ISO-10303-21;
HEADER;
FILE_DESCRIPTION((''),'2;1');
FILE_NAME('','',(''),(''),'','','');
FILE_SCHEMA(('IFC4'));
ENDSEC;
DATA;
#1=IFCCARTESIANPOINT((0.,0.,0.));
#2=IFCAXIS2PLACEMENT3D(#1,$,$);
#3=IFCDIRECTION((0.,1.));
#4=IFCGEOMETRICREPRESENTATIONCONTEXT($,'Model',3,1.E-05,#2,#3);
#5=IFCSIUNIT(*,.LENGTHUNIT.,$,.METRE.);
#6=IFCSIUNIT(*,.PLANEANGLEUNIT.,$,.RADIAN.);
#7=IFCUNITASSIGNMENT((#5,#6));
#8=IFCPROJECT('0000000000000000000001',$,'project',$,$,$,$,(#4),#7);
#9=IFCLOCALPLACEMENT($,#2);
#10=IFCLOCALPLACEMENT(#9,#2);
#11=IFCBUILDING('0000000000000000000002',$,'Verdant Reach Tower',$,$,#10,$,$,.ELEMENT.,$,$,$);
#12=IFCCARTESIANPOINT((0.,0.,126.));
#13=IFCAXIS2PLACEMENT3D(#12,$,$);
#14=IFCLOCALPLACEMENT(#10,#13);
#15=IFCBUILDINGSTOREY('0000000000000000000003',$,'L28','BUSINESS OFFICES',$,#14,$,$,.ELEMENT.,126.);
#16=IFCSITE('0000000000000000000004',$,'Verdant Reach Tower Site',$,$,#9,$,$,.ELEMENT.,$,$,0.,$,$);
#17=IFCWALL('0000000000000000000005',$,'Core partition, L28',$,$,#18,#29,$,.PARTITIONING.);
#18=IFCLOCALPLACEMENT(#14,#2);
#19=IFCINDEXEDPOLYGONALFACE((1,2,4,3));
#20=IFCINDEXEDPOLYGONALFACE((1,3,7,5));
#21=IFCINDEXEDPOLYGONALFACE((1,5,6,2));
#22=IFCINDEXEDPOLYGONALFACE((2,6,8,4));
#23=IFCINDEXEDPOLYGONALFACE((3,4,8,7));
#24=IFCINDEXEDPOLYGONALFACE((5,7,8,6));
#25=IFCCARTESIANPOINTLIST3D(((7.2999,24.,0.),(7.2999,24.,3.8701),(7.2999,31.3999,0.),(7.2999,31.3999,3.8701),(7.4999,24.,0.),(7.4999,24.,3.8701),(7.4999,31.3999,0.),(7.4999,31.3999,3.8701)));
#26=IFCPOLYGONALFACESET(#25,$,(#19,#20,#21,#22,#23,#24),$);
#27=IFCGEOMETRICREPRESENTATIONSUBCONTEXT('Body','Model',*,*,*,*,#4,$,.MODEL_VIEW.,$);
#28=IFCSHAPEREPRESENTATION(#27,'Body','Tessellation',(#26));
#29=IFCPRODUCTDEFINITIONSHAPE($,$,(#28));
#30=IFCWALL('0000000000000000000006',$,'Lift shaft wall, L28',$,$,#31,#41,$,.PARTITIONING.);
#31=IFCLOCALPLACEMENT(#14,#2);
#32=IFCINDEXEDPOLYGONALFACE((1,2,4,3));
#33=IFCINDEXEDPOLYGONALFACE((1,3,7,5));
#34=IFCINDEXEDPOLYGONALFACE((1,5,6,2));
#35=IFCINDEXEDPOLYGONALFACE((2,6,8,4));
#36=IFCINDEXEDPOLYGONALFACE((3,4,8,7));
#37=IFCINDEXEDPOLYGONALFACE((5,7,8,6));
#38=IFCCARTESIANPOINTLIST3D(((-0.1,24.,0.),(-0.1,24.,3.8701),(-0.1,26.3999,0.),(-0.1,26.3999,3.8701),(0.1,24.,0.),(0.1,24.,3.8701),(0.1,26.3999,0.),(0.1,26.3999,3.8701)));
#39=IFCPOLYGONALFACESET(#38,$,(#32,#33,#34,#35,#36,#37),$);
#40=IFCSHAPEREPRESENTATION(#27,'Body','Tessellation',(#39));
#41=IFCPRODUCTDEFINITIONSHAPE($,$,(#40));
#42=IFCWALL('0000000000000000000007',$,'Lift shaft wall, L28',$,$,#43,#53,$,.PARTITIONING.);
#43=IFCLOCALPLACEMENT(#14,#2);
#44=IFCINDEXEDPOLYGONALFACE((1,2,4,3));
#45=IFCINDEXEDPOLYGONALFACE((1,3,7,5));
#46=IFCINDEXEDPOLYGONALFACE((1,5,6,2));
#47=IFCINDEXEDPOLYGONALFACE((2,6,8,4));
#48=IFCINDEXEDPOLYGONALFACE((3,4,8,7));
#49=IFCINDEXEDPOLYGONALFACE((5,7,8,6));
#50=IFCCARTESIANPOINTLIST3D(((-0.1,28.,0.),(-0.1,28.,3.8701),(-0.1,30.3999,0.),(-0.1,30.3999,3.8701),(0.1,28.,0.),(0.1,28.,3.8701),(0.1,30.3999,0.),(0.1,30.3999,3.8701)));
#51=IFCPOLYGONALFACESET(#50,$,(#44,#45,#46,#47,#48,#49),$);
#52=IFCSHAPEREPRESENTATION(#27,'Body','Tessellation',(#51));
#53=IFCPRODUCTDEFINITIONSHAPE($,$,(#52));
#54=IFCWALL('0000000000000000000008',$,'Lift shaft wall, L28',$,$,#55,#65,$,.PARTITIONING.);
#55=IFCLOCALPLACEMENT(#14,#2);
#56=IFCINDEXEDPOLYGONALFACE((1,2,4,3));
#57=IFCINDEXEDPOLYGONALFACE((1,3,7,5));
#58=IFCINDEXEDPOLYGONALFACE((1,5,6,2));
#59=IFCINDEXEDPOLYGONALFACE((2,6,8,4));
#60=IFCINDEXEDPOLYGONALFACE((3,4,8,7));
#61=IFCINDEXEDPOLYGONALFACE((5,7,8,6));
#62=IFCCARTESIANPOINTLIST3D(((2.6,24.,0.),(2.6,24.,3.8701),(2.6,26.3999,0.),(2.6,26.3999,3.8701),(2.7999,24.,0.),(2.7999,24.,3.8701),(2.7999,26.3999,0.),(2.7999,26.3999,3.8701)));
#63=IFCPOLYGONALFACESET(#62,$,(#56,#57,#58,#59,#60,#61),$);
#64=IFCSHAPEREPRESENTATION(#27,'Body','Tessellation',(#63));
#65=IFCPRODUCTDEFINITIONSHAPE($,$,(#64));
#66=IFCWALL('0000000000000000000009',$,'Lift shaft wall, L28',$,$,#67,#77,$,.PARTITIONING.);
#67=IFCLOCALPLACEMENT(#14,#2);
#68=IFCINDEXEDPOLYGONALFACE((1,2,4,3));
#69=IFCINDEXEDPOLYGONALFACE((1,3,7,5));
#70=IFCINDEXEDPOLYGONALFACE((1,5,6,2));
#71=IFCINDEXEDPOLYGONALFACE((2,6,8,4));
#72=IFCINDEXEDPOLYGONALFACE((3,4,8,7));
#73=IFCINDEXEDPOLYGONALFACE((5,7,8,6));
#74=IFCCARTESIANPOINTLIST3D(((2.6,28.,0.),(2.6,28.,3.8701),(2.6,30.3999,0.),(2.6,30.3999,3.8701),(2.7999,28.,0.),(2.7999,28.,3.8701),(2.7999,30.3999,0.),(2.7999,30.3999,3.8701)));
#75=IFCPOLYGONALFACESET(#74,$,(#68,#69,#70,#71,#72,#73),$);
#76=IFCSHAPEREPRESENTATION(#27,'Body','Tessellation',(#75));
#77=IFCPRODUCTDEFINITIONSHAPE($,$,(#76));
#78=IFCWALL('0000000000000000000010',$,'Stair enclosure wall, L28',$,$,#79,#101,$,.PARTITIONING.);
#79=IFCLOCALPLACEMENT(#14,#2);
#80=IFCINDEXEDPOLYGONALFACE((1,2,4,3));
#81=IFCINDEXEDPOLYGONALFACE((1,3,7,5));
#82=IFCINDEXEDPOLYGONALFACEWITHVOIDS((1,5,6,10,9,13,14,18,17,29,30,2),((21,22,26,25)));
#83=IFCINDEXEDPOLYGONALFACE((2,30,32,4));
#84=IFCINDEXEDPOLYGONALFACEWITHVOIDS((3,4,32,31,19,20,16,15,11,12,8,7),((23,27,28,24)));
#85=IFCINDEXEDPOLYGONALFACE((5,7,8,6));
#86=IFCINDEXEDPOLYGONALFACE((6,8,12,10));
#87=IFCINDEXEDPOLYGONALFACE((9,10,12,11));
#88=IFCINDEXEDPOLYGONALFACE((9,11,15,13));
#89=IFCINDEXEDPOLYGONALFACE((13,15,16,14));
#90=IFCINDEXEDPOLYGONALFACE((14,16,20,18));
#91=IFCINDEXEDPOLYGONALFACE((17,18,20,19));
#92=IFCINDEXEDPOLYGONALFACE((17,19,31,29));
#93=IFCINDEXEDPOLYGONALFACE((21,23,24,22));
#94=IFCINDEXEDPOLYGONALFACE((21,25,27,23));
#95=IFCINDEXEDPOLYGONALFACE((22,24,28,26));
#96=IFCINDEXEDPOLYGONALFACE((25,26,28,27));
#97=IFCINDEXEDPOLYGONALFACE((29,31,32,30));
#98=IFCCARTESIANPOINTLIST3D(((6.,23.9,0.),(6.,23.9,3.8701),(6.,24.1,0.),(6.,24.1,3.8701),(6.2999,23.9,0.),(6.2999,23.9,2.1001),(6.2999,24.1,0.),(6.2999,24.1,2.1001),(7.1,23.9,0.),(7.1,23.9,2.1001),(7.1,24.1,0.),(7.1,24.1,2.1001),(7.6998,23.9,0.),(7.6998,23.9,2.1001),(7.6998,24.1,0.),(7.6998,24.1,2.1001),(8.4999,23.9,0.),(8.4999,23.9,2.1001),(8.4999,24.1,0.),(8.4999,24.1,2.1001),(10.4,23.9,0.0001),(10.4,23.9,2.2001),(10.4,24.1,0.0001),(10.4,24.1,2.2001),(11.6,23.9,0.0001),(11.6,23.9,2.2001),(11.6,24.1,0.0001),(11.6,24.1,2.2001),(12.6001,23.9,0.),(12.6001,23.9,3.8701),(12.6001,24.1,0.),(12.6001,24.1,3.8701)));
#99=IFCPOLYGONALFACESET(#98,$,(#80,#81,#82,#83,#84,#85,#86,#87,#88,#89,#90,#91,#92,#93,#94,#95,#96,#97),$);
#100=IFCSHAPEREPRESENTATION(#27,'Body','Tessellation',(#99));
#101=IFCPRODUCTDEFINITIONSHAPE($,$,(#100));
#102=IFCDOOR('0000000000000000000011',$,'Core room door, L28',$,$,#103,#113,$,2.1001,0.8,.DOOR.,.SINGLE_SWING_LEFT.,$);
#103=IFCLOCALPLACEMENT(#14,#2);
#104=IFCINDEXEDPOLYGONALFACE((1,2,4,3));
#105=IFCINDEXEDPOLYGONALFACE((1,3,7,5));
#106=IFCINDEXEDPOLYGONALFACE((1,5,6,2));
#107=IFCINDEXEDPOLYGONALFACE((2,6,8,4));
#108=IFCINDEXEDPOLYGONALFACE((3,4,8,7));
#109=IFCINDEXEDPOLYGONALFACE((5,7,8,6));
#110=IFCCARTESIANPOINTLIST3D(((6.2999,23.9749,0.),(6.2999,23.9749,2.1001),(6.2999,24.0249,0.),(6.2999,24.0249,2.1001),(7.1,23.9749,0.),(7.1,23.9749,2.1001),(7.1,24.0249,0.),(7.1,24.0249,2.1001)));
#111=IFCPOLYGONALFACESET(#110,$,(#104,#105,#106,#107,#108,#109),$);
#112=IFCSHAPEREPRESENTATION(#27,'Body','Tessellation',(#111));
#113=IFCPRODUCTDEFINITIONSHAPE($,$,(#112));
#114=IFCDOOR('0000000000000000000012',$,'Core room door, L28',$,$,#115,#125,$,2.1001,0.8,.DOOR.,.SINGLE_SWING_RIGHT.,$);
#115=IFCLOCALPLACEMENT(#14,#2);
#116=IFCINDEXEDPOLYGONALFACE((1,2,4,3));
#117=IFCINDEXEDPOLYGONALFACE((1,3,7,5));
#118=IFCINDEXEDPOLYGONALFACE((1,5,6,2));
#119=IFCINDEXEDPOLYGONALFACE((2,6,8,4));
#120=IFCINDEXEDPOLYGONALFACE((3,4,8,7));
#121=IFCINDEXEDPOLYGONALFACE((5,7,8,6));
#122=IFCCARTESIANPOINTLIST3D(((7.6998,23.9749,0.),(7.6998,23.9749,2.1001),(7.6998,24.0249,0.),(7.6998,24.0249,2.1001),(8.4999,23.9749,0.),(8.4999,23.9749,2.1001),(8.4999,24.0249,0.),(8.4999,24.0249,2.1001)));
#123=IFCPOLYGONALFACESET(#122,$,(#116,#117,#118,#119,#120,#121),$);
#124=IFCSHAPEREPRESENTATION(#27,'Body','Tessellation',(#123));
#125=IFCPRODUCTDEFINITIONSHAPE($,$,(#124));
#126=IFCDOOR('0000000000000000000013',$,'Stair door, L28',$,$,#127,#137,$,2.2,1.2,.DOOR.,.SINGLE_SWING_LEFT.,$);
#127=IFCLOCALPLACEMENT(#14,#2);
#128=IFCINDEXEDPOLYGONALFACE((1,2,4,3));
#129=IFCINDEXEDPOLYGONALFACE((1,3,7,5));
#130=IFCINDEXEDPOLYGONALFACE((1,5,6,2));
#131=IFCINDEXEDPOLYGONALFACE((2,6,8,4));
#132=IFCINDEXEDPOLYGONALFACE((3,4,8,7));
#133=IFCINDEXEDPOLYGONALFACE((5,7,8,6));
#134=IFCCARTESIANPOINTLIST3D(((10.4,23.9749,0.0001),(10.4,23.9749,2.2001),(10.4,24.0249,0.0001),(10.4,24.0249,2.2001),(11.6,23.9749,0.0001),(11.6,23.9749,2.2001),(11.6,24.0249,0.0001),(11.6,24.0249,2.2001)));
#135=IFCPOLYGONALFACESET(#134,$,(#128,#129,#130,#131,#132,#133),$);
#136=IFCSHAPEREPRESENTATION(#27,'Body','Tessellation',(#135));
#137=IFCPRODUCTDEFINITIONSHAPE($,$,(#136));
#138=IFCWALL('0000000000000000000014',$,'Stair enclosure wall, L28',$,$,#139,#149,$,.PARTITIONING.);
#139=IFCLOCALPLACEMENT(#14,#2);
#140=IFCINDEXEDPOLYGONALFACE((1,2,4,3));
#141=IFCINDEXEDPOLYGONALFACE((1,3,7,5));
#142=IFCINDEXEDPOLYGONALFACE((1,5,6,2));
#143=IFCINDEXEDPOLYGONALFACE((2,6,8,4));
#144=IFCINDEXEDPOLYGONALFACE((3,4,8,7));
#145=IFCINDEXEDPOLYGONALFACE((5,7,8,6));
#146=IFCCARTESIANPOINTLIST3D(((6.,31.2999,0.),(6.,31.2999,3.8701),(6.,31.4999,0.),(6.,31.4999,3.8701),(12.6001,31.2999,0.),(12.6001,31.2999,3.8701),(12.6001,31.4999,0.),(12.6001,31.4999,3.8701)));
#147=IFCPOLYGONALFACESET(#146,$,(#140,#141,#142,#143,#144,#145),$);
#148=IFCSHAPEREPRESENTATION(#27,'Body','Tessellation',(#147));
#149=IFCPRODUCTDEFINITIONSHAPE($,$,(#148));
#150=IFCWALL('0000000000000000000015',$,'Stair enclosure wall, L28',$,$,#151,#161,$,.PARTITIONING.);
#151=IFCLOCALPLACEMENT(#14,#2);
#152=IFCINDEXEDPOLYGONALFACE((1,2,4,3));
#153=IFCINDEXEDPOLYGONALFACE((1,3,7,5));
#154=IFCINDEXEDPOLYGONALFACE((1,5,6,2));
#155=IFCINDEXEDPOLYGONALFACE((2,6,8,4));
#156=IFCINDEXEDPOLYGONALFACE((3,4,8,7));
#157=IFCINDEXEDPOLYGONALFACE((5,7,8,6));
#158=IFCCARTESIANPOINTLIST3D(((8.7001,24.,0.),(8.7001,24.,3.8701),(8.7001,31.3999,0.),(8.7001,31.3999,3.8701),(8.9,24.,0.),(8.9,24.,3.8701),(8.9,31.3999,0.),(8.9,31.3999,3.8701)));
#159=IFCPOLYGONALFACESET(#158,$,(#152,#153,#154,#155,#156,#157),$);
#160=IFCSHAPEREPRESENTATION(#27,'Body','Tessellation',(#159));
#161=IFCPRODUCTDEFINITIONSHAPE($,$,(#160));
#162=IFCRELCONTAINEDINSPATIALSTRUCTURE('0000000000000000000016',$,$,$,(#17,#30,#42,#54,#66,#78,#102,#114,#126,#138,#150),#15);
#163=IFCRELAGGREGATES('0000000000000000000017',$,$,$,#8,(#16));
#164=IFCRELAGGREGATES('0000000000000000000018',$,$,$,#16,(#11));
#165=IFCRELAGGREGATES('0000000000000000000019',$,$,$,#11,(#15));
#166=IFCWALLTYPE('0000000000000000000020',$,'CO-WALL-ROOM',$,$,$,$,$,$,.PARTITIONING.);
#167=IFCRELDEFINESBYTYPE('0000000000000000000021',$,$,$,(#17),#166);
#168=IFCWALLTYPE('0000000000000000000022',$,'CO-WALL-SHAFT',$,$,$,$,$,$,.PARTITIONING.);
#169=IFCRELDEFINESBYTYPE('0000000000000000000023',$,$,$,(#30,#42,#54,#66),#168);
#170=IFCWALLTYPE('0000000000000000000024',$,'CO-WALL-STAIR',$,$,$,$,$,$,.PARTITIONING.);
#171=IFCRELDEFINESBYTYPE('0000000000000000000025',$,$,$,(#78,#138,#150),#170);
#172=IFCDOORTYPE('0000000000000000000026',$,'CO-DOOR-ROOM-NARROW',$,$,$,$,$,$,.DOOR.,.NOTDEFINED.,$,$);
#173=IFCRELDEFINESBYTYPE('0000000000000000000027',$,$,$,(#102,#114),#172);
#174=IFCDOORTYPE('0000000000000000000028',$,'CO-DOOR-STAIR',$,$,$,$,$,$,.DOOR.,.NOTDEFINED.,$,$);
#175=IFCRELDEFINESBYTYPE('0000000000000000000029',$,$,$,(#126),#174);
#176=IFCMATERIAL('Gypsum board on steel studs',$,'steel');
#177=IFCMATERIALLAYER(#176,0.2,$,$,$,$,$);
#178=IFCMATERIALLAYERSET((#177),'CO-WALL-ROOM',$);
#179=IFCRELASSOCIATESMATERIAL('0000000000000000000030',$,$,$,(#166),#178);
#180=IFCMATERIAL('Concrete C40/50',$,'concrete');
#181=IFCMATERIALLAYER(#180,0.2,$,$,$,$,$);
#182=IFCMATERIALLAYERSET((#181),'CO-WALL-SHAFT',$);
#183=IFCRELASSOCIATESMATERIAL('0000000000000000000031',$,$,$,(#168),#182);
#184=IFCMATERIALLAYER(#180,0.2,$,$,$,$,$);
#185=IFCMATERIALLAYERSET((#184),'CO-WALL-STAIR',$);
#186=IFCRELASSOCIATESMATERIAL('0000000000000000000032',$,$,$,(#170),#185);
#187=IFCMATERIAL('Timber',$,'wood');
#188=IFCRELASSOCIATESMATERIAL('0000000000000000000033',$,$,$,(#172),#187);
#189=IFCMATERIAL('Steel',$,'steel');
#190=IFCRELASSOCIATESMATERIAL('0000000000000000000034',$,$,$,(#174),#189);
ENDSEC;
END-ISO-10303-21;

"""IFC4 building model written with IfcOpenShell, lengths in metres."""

from ifc_helpers import new_model, si_unit, direction, frame, frame_2d, origin, place, context, subcontext, project, spatial, rectangle, extrude, material, layer, layer_set, type_object, element, fill, save


model = new_model("IFC4")

# Units and contexts
model_context = context("Model", 3, precision=1e-05, world=origin(), true_north=direction((0.0, 1.0)))
body_context = subcontext(model_context, "Body", "Model", "MODEL_VIEW")
ifc_project = project(units=[si_unit("LENGTHUNIT", "METRE"), si_unit("PLANEANGLEUNIT", "RADIAN")], contexts=[model_context])

# Site, building, storey
site_placement = place(None, origin())
site = spatial("IfcSite", under=ifc_project, at=site_placement, Name="Verdant Reach Tower Site", CompositionType="ELEMENT", RefElevation=0.0)
building_placement = place(site_placement, origin())
building = spatial("IfcBuilding", under=site, at=building_placement, Name="Verdant Reach Tower", CompositionType="ELEMENT")
storey_placement = place(building_placement, frame((0.0, 0.0, 126.0)))
storey = spatial("IfcBuildingStorey", under=building, at=storey_placement, Name="L28", Description="BUSINESS OFFICES", CompositionType="ELEMENT", Elevation=126.0)

# Walls
ifc_material_1 = material(Name="Gypsum board on steel studs", Category="steel")
ifc_layer_1 = layer(ifc_material_1, 0.2)
ifc_layer_set_1 = layer_set([ifc_layer_1], Name="CO-WALL-ROOM")
wall_type_1 = type_object("IfcWallType", Name="CO-WALL-ROOM", PredefinedType="PARTITIONING", material=ifc_layer_set_1)
wall_1_placement = place(storey_placement, frame((7.3999, 24.0, 0.0), z_axis=(0.0, 0.0, 1.0), x_axis=(0.0, 1.0, 0.0)))
element("IfcWall", 1, at=wall_1_placement, inside=storey, type_object=wall_type_1, Name="Core partition, L28", PredefinedType="PARTITIONING", context=body_context, shape_type="SweptSolid", body=[
    extrude(rectangle(XDim=7.3999, YDim=0.2, at=frame_2d((3.7, 0.0))), origin(), (0.0, 0.0, 1.0), 3.8701),
])
ifc_material_2 = material(Name="Concrete C40/50", Category="concrete")
ifc_layer_2 = layer(ifc_material_2, 0.2)
ifc_layer_set_2 = layer_set([ifc_layer_2], Name="CO-WALL-SHAFT")
wall_type_2 = type_object("IfcWallType", Name="CO-WALL-SHAFT", PredefinedType="PARTITIONING", material=ifc_layer_set_2)
for number, where, z_axis, x_axis, name in (
    (2, (0.0, 24.0, 0.0), (0.0, 0.0, 1.0), (0.0, 1.0, 0.0), "Lift shaft wall, L28"),
    (3, (0.0, 28.0, 0.0), (0.0, 0.0, 1.0), (0.0, 1.0, 0.0), "Lift shaft wall, L28"),
    (4, (2.7, 24.0, 0.0), (0.0, 0.0, 1.0), (0.0, 1.0, 0.0), "Lift shaft wall, L28"),
    (5, (2.7, 28.0, 0.0), (0.0, 0.0, 1.0), (0.0, 1.0, 0.0), "Lift shaft wall, L28"),
):
    element("IfcWall", number, at=place(storey_placement, frame(where, z_axis=z_axis, x_axis=x_axis)), inside=storey, type_object=wall_type_2, Name=name, PredefinedType="PARTITIONING", context=body_context, shape_type="SweptSolid", body=[
        extrude(rectangle(XDim=2.3999, YDim=0.2, at=frame_2d((1.2, 0.0))), origin(), (0.0, 0.0, 1.0), 3.8701),
    ])

# Wall, openings, doors
ifc_layer_3 = layer(ifc_material_2, 0.2)
ifc_layer_set_3 = layer_set([ifc_layer_3], Name="CO-WALL-STAIR")
wall_type_3 = type_object("IfcWallType", Name="CO-WALL-STAIR", PredefinedType="PARTITIONING", material=ifc_layer_set_3)
wall_2_placement = place(storey_placement, frame((6.0, 24.0, 0.0), z_axis=(0.0, 0.0, 1.0), x_axis=(1.0, 0.0, 0.0)))
wall_2 = element("IfcWall", 6, at=wall_2_placement, inside=storey, type_object=wall_type_3, Name="Stair enclosure wall, L28", PredefinedType="PARTITIONING", context=body_context, shape_type="SweptSolid", body=[
    extrude(rectangle(XDim=6.6001, YDim=0.2, at=frame_2d((3.3, 0.0))), origin(), (0.0, 0.0, 1.0), 3.8701),
])
opening_1_placement = place(wall_2_placement, frame((0.3, 0.0, 0.0)))
opening_1 = element("IfcOpeningElement", 7, at=opening_1_placement, cuts=wall_2, PredefinedType="OPENING", context=body_context, shape_type="SweptSolid", body=[
    extrude(rectangle(XDim=0.8, YDim=2.1001, at=frame_2d((0.3999, 1.05))), frame((0.0, 0.1099, 0.0), z_axis=(0.0, -1.0, 0.0), x_axis=(1.0, 0.0, 0.0)), (0.0, 0.0, 1.0), 0.22),
])
opening_2_placement = place(wall_2_placement, frame((1.7, 0.0, 0.0)))
opening_2 = element("IfcOpeningElement", 8, at=opening_2_placement, cuts=wall_2, PredefinedType="OPENING", context=body_context, shape_type="SweptSolid", body=[
    extrude(rectangle(XDim=0.8, YDim=2.1001, at=frame_2d((0.3999, 1.05))), frame((0.0, 0.1099, 0.0), z_axis=(0.0, -1.0, 0.0), x_axis=(1.0, 0.0, 0.0)), (0.0, 0.0, 1.0), 0.22),
])
opening_3_placement = place(wall_2_placement, frame((4.3999, 0.0, 0.0)))
opening_3 = element("IfcOpeningElement", 9, at=opening_3_placement, cuts=wall_2, PredefinedType="OPENING", context=body_context, shape_type="SweptSolid", body=[
    extrude(rectangle(XDim=1.2, YDim=2.2, at=frame_2d((0.6001, 1.1001))), frame((0.0, 0.1099, 0.0), z_axis=(0.0, -1.0, 0.0), x_axis=(1.0, 0.0, 0.0)), (0.0, 0.0, 1.0), 0.22),
])
ifc_material_3 = material(Name="Timber", Category="wood")
door_type_1 = type_object("IfcDoorType", Name="CO-DOOR-ROOM-NARROW", OperationType="NOTDEFINED", PredefinedType="DOOR", material=ifc_material_3)
door_1_placement = place(opening_1_placement, origin())
door_1 = element("IfcDoor", 10, at=door_1_placement, inside=storey, type_object=door_type_1, Name="Core room door, L28", OperationType="SINGLE_SWING_LEFT", OverallHeight=2.1001, OverallWidth=0.8, PredefinedType="DOOR", context=body_context, shape_type="SweptSolid", body=[
    extrude(rectangle(XDim=0.8, YDim=2.1001, at=frame_2d((0.3999, 1.05))), frame((0.0, 0.0249, 0.0), z_axis=(0.0, -1.0, 0.0), x_axis=(1.0, 0.0, 0.0)), (0.0, 0.0, 1.0), 0.05),
])
fill(opening_1, door_1)
door_2_placement = place(opening_2_placement, origin())
door_2 = element("IfcDoor", 11, at=door_2_placement, inside=storey, type_object=door_type_1, Name="Core room door, L28", OperationType="SINGLE_SWING_RIGHT", OverallHeight=2.1001, OverallWidth=0.8, PredefinedType="DOOR", context=body_context, shape_type="SweptSolid", body=[
    extrude(rectangle(XDim=0.8, YDim=2.1001, at=frame_2d((0.3999, 1.05))), frame((0.0, 0.0249, 0.0), z_axis=(0.0, -1.0, 0.0), x_axis=(1.0, 0.0, 0.0)), (0.0, 0.0, 1.0), 0.05),
])
fill(opening_2, door_2)
ifc_material_4 = material(Name="Steel", Category="steel")
door_type_2 = type_object("IfcDoorType", Name="CO-DOOR-STAIR", OperationType="NOTDEFINED", PredefinedType="DOOR", material=ifc_material_4)
door_3_placement = place(opening_3_placement, origin())
door_3 = element("IfcDoor", 12, at=door_3_placement, inside=storey, type_object=door_type_2, Name="Stair door, L28", OperationType="SINGLE_SWING_LEFT", OverallHeight=2.2, OverallWidth=1.2, PredefinedType="DOOR", context=body_context, shape_type="SweptSolid", body=[
    extrude(rectangle(XDim=1.2, YDim=2.2, at=frame_2d((0.6001, 1.1001))), frame((0.0, 0.0249, 0.0), z_axis=(0.0, -1.0, 0.0), x_axis=(1.0, 0.0, 0.0)), (0.0, 0.0, 1.0), 0.05),
])
fill(opening_3, door_3)

# Walls
wall_3_placement = place(storey_placement, frame((6.0, 31.3999, 0.0), z_axis=(0.0, 0.0, 1.0), x_axis=(1.0, 0.0, 0.0)))
element("IfcWall", 13, at=wall_3_placement, inside=storey, type_object=wall_type_3, Name="Stair enclosure wall, L28", PredefinedType="PARTITIONING", context=body_context, shape_type="SweptSolid", body=[
    extrude(rectangle(XDim=6.6001, YDim=0.2, at=frame_2d((3.3, 0.0))), origin(), (0.0, 0.0, 1.0), 3.8701),
])
wall_4_placement = place(storey_placement, frame((8.8, 24.0, 0.0), z_axis=(0.0, 0.0, 1.0), x_axis=(0.0, 1.0, 0.0)))
element("IfcWall", 14, at=wall_4_placement, inside=storey, type_object=wall_type_3, Name="Stair enclosure wall, L28", PredefinedType="PARTITIONING", context=body_context, shape_type="SweptSolid", body=[
    extrude(rectangle(XDim=7.3999, YDim=0.2, at=frame_2d((3.7, 0.0))), origin(), (0.0, 0.0, 1.0), 3.8701),
])

save(model, "model.ifc")
